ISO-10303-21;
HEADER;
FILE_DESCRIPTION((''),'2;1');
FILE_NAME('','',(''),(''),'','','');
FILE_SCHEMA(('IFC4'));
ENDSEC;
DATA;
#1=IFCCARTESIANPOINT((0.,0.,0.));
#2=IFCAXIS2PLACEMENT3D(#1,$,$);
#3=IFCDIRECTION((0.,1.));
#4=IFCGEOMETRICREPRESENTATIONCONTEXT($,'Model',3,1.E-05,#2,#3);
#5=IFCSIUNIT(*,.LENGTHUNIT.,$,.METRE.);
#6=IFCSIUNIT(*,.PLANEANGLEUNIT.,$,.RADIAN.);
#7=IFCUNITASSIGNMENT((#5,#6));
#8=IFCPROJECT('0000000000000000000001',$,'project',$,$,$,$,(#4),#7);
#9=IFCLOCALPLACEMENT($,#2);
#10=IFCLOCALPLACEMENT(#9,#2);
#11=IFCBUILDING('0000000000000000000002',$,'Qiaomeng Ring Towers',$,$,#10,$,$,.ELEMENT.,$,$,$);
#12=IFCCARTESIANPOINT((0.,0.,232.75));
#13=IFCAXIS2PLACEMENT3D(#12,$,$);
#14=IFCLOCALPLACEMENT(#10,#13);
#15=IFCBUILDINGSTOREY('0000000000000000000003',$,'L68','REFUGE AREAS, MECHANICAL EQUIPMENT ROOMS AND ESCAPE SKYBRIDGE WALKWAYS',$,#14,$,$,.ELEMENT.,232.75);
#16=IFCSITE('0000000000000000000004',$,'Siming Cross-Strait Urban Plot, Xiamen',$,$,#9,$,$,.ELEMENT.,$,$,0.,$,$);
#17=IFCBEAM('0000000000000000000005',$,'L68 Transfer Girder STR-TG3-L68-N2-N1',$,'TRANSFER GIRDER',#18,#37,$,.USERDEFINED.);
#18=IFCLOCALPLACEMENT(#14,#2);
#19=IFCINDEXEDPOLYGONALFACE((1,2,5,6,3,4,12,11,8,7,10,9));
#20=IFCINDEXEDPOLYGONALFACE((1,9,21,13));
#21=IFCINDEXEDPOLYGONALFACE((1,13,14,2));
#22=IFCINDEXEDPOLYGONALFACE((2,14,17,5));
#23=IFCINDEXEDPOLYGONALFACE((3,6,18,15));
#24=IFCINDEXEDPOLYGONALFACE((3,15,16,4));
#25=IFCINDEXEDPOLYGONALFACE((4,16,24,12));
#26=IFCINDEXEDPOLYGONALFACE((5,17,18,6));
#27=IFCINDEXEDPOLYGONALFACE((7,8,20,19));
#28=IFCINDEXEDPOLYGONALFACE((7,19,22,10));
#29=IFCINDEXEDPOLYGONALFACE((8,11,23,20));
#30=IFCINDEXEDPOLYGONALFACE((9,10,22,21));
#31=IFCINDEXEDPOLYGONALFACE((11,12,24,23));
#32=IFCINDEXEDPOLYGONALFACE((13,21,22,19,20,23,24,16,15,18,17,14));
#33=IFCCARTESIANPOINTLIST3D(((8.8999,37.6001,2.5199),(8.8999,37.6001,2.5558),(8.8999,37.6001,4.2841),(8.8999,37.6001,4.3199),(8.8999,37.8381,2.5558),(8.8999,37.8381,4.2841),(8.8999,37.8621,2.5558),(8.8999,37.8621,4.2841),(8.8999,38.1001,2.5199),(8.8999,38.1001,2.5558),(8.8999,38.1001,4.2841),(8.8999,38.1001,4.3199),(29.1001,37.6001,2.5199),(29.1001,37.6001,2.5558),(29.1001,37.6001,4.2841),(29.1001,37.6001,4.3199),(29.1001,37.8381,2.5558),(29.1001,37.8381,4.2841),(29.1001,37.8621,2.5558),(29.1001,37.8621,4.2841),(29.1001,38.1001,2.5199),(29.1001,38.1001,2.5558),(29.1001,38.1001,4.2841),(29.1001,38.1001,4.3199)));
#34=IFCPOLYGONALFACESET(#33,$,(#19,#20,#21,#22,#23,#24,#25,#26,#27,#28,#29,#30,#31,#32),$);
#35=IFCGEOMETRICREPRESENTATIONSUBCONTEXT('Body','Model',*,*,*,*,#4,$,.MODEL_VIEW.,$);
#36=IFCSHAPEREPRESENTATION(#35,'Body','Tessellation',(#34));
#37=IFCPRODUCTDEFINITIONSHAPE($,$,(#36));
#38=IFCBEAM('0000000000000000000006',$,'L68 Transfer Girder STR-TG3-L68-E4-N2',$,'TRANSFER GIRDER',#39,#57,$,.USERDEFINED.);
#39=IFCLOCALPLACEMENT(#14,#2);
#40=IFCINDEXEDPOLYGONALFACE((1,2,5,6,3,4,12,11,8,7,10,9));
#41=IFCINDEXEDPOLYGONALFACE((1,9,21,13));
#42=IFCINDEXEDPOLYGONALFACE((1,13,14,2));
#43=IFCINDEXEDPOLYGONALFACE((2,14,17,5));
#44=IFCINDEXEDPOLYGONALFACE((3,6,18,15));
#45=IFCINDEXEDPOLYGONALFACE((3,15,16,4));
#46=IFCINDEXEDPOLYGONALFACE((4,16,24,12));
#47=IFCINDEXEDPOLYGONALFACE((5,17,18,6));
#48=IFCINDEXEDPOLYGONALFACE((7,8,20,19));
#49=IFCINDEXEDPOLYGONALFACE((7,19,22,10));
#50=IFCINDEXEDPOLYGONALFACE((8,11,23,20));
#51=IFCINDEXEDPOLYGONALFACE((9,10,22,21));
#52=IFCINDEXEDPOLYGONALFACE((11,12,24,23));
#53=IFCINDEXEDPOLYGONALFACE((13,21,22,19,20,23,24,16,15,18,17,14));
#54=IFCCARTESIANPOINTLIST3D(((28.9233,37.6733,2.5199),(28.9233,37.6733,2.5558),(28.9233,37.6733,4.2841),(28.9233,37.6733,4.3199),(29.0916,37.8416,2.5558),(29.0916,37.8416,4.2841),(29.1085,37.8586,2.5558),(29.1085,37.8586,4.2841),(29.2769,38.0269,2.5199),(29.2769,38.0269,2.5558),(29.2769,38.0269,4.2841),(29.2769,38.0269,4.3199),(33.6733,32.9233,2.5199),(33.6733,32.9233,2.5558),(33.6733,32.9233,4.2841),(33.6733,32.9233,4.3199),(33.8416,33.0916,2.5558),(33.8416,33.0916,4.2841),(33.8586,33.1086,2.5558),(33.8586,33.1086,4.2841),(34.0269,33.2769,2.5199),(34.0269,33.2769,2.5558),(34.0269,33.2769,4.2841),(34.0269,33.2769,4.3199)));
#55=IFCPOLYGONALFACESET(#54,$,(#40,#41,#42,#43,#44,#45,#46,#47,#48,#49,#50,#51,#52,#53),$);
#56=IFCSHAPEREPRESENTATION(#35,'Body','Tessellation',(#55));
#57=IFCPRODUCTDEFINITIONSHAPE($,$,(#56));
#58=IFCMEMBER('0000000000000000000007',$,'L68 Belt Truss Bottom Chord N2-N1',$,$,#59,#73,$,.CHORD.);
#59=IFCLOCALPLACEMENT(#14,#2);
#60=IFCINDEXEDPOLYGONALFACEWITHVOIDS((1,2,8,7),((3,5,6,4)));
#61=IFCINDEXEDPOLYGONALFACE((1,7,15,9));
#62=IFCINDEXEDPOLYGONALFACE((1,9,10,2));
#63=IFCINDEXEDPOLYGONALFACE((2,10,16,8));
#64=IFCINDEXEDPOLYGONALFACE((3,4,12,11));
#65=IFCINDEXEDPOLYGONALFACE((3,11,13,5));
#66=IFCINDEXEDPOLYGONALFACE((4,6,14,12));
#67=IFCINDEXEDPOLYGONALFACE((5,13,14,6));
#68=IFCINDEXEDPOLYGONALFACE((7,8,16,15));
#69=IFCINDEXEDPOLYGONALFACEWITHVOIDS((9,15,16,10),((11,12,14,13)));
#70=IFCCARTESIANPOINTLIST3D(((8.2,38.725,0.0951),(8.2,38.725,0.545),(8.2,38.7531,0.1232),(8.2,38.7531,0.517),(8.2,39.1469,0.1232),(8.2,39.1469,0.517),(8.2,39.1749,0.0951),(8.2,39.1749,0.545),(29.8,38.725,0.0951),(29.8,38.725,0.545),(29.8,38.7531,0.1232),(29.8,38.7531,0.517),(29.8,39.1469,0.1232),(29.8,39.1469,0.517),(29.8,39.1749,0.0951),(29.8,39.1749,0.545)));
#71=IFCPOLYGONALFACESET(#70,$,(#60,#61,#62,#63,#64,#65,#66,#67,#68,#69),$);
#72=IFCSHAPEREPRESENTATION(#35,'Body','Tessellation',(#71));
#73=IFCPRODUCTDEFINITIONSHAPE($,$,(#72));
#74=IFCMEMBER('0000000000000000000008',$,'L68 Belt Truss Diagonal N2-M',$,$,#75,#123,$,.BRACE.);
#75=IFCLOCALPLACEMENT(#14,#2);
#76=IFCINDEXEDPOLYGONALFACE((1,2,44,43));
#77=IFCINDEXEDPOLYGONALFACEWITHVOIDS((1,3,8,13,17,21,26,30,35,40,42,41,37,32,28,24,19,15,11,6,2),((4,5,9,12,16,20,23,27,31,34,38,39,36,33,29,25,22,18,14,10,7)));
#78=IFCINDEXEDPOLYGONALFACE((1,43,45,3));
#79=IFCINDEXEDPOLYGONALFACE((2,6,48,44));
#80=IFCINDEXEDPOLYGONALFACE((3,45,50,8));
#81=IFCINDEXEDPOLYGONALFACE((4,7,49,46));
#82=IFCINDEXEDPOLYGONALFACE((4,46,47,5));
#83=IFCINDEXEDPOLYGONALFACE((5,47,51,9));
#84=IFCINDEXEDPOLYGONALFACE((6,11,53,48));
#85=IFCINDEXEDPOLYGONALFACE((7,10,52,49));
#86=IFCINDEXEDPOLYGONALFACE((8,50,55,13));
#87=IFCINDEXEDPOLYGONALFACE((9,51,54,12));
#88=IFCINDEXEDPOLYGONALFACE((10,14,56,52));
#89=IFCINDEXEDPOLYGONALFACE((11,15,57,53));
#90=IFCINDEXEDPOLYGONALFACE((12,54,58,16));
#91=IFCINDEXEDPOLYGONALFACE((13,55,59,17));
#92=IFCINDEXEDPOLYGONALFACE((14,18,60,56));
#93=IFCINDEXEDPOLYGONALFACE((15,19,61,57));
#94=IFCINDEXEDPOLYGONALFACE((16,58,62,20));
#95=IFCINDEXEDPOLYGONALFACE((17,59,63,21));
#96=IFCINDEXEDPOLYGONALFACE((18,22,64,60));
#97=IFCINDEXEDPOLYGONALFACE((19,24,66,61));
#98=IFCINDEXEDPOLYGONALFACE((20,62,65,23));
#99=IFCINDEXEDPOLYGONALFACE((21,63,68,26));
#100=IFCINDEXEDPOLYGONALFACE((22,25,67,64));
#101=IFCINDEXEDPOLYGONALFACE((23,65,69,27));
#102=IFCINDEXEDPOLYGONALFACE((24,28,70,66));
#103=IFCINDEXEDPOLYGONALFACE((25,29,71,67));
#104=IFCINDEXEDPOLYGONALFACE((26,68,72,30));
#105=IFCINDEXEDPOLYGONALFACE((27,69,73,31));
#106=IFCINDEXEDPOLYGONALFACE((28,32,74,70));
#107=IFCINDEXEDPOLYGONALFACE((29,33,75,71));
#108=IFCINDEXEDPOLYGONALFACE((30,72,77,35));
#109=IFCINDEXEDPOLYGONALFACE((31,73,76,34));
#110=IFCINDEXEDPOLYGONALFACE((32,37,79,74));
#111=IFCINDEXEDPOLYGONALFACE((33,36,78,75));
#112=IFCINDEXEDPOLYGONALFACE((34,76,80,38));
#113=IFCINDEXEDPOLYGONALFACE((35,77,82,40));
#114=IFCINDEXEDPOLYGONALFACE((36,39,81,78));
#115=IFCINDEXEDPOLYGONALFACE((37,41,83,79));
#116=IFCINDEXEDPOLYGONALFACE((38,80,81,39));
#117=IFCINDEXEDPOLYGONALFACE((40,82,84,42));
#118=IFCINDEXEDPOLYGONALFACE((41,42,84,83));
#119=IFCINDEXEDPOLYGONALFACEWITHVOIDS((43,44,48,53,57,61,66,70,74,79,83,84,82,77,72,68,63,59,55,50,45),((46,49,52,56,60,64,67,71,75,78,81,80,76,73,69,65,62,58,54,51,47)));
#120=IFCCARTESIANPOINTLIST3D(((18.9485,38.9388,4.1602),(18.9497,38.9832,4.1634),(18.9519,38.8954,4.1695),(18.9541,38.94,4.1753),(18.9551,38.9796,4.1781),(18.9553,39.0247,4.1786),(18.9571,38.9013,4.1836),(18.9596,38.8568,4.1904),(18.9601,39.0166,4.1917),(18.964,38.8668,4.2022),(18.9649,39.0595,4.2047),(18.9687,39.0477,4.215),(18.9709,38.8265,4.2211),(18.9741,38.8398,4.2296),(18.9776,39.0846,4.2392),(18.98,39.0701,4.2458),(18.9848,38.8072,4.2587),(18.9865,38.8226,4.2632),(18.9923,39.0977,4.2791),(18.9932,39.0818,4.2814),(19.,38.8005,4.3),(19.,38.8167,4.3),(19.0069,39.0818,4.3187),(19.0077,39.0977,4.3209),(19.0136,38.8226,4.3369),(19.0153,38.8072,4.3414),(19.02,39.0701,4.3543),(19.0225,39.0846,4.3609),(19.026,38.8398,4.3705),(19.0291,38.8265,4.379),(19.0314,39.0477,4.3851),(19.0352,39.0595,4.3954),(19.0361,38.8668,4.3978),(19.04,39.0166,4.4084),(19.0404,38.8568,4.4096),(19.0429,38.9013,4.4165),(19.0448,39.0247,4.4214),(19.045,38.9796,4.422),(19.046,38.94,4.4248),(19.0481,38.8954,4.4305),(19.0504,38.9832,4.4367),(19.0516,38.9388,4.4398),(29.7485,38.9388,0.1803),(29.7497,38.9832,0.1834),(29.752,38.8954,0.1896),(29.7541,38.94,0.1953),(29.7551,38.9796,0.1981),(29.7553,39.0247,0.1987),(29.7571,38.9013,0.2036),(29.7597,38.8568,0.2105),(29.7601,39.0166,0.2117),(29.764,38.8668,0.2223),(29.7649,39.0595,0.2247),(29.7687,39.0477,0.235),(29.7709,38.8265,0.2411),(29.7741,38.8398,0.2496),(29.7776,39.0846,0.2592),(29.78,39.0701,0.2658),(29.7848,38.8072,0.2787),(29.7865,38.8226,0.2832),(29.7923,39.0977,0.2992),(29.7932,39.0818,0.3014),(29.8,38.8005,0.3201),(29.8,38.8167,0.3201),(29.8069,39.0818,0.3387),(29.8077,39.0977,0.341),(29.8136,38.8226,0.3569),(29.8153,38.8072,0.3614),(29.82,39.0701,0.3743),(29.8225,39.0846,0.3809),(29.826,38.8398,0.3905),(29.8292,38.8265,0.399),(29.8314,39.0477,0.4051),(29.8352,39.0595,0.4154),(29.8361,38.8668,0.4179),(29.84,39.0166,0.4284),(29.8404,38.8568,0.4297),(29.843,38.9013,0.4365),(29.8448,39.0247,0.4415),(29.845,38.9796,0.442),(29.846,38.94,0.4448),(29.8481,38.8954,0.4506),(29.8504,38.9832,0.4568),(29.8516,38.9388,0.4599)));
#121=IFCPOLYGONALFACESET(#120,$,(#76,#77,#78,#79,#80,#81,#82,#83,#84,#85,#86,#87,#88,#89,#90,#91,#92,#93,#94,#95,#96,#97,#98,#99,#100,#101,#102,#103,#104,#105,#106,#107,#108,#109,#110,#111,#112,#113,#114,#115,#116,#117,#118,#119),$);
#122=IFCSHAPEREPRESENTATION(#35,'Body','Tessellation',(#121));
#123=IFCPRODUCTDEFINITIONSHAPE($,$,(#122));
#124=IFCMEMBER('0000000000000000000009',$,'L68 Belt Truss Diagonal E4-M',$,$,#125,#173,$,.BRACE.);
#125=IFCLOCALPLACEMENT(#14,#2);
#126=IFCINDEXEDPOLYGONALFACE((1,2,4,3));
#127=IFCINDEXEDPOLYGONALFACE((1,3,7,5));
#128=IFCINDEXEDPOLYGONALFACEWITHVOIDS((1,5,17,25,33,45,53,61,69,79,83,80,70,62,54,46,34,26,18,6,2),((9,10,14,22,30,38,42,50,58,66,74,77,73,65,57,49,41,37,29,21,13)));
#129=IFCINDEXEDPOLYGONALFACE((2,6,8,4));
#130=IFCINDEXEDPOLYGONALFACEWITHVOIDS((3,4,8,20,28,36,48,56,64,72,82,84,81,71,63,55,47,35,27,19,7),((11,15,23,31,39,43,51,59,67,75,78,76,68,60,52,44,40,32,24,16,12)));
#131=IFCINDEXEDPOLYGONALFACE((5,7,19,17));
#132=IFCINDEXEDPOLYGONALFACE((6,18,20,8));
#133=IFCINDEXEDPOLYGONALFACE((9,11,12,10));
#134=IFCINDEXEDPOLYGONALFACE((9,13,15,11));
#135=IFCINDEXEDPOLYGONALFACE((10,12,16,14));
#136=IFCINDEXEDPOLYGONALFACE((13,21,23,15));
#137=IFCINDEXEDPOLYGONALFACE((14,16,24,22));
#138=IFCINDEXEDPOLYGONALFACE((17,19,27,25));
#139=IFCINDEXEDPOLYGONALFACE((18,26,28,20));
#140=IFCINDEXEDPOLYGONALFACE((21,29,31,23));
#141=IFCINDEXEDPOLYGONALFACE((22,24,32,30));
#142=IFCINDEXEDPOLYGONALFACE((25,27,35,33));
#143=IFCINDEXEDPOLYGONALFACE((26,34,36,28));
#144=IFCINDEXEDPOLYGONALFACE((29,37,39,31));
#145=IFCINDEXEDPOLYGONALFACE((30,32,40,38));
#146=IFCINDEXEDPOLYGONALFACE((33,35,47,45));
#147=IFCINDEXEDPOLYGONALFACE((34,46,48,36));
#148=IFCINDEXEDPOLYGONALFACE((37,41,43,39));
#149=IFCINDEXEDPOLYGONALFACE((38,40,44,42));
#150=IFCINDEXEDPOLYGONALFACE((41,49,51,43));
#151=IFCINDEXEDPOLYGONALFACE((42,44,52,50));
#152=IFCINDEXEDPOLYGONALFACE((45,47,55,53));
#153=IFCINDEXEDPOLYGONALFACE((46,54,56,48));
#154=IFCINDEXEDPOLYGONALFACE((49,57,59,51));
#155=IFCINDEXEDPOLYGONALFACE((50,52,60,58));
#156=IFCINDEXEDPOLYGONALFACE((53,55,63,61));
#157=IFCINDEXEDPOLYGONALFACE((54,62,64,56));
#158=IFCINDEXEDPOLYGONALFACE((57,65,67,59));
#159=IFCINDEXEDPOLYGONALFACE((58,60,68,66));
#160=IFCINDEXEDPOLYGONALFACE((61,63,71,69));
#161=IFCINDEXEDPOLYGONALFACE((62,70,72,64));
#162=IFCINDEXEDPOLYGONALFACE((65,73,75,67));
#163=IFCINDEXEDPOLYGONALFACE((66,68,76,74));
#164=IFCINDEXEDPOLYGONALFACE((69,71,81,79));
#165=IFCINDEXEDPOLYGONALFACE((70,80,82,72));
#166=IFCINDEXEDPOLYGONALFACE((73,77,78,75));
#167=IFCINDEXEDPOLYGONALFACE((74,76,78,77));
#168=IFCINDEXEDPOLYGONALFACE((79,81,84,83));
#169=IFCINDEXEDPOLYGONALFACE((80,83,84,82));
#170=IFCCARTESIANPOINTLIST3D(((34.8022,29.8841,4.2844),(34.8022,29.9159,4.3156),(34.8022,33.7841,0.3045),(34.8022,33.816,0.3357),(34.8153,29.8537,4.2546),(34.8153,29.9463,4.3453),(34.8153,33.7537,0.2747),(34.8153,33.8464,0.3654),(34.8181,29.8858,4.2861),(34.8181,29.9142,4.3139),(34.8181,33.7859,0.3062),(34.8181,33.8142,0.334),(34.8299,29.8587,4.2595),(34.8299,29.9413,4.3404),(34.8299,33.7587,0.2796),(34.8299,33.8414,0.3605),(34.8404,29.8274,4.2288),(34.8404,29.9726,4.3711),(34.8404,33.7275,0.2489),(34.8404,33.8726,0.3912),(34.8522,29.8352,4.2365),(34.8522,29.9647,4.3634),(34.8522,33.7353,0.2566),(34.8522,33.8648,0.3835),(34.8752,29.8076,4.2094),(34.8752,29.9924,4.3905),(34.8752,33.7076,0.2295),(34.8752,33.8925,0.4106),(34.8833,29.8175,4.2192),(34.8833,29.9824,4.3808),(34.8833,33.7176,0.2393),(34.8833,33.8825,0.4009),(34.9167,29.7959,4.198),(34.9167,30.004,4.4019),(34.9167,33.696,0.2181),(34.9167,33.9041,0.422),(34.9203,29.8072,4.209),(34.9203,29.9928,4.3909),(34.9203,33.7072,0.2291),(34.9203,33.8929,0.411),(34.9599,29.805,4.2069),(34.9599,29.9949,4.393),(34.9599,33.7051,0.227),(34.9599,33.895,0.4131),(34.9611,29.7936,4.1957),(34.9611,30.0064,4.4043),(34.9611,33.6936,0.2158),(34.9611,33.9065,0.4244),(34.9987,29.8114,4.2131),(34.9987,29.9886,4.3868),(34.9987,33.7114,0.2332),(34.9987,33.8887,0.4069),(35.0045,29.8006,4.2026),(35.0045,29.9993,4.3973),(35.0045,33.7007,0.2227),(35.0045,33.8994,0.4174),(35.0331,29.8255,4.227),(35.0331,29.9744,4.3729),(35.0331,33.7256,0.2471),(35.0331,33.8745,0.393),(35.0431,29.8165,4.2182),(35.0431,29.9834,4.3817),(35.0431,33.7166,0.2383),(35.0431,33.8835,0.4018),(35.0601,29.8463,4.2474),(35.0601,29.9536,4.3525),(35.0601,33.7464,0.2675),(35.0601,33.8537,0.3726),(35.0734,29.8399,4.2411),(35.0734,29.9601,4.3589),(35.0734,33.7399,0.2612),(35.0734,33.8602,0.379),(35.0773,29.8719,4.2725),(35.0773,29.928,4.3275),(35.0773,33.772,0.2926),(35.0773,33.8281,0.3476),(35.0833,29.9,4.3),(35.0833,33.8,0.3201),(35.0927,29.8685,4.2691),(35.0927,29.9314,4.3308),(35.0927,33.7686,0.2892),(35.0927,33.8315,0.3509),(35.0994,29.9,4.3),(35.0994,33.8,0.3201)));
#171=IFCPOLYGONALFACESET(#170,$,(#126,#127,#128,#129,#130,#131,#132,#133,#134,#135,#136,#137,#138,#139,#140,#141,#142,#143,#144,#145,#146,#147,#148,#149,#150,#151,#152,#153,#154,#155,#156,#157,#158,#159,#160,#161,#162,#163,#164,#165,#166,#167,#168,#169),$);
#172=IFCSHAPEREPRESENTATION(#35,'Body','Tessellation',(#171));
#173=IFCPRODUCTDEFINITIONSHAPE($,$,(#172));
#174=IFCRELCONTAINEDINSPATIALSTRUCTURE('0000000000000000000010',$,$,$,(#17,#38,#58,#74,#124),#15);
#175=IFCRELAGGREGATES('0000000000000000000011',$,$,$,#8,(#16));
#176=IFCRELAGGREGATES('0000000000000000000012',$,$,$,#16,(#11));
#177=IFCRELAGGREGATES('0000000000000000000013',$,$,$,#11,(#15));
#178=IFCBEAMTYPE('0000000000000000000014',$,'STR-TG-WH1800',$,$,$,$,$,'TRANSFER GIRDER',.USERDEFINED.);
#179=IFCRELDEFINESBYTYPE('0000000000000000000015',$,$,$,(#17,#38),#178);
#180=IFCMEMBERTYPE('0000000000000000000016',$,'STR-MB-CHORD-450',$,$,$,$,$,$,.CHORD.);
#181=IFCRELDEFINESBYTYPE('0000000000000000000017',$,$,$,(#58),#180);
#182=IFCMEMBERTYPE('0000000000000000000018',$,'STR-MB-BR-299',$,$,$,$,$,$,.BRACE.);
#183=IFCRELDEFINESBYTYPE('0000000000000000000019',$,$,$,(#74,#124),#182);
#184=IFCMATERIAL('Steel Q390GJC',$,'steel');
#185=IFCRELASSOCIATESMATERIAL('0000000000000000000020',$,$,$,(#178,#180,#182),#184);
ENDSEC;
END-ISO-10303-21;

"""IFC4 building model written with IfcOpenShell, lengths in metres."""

from ifc_helpers import new_model, si_unit, direction, frame, origin, origin_2d, place, context, subcontext, project, spatial, hollow_rectangle, hollow_circle, i_section, extrude, source, transform, mapped, material, material_profile, profile_set, type_object, element, save


model = new_model("IFC4")

# Units and contexts
model_context = context("Model", 3, precision=1e-05, world=origin(), true_north=direction((0.0, 1.0)))
body_context = subcontext(model_context, "Body", "Model", "MODEL_VIEW")
ifc_project = project(units=[si_unit("LENGTHUNIT", "METRE"), si_unit("PLANEANGLEUNIT", "RADIAN")], contexts=[model_context])

# Site, building, storey
site_placement = place(None, origin())
site = spatial("IfcSite", under=ifc_project, at=site_placement, Name="Siming Cross-Strait Urban Plot, Xiamen", CompositionType="ELEMENT", RefElevation=0.0)
building_placement = place(site_placement, origin())
building = spatial("IfcBuilding", under=site, at=building_placement, Name="Qiaomeng Ring Towers", CompositionType="ELEMENT")
storey_placement = place(building_placement, frame((0.0, 0.0, 232.75)))
storey = spatial("IfcBuildingStorey", under=building, at=storey_placement, Name="L68", Description="REFUGE AREAS, MECHANICAL EQUIPMENT ROOMS AND ESCAPE SKYBRIDGE WALKWAYS", CompositionType="ELEMENT", Elevation=232.75)

# Shared definitions
ifc_material_1 = material(Name="Steel Q390GJC", Category="steel")

# Beams
ifc_material_profile_1 = material_profile(ifc_material_1, i_section(OverallWidth=0.5, OverallDepth=1.8, WebThickness=0.0239, FlangeThickness=0.0359, at=origin_2d()), Name="WH 1800x500x24x36")
ifc_profile_set_1 = profile_set([ifc_material_profile_1], Name="Steel Q390GJC")
beam_type_1 = type_object("IfcBeamType", Name="STR-TG-WH1800", ElementType="TRANSFER GIRDER", PredefinedType="USERDEFINED", material=ifc_profile_set_1)
shared_shape_1 = source(origin(), body_context, "Body", "SweptSolid", [
    extrude(i_section(OverallWidth=0.5, OverallDepth=1.8, WebThickness=0.0239, FlangeThickness=0.0359, at=origin_2d()), origin(), (0.0, 0.0, 1.0), 20.2002),
])
beam_1_placement = place(storey_placement, frame((29.1001, 37.8501, 3.4199), z_axis=(-1.0, 0.0, 0.0), x_axis=(0.0, -1.0, 0.0)))
element("IfcBeam", 1, at=beam_1_placement, inside=storey, type_object=beam_type_1, Name="L68 Transfer Girder STR-TG3-L68-N2-N1", ObjectType="TRANSFER GIRDER", PredefinedType="USERDEFINED", context=body_context, shape_type="MappedRepresentation", body=[
    mapped(shared_shape_1, transform((0.0, 0.0, 0.0), x_axis=(1.0, 0.0, 0.0), y_axis=(0.0, 1.0, 0.0), z_axis=(0.0, 0.0, 1.0), scale=1.0)),
])
shared_shape_2 = source(origin(), body_context, "Body", "SweptSolid", [
    extrude(i_section(OverallWidth=0.5, OverallDepth=1.8, WebThickness=0.0239, FlangeThickness=0.0359, at=origin_2d()), origin(), (0.0, 0.0, 1.0), 6.7175),
])
beam_2_placement = place(storey_placement, frame((33.8501, 33.1001, 3.4199), z_axis=(-0.707107, 0.707107, 0.0), x_axis=(-0.707107, -0.707107, 0.0)))
element("IfcBeam", 2, at=beam_2_placement, inside=storey, type_object=beam_type_1, Name="L68 Transfer Girder STR-TG3-L68-E4-N2", ObjectType="TRANSFER GIRDER", PredefinedType="USERDEFINED", context=body_context, shape_type="MappedRepresentation", body=[
    mapped(shared_shape_2, transform((0.0, 0.0, 0.0), x_axis=(1.0, 0.0, 0.0), y_axis=(0.0, 1.0, 0.0), z_axis=(0.0, 0.0, 1.0), scale=1.0)),
])

# Members
ifc_material_profile_2 = material_profile(ifc_material_1, hollow_rectangle(XDim=0.45, YDim=0.45, WallThickness=0.0281, at=origin_2d()), Name="SHS 450x450x28")
ifc_profile_set_2 = profile_set([ifc_material_profile_2], Name="Steel Q390GJC")
member_type_1 = type_object("IfcMemberType", Name="STR-MB-CHORD-450", PredefinedType="CHORD", material=ifc_profile_set_2)
shared_shape_3 = source(origin(), body_context, "Body", "SweptSolid", [
    extrude(hollow_rectangle(XDim=0.45, YDim=0.45, WallThickness=0.0281, at=origin_2d()), origin(), (0.0, 0.0, 1.0), 21.6001),
])
member_1_placement = place(storey_placement, frame((29.8, 38.95, 0.3201), z_axis=(-1.0, 0.0, 0.0), x_axis=(0.0, -1.0, 0.0)))
element("IfcMember", 3, at=member_1_placement, inside=storey, type_object=member_type_1, Name="L68 Belt Truss Bottom Chord N2-N1", PredefinedType="CHORD", context=body_context, shape_type="MappedRepresentation", body=[
    mapped(shared_shape_3, transform((0.0, 0.0, 0.0), x_axis=(1.0, 0.0, 0.0), y_axis=(0.0, 1.0, 0.0), z_axis=(0.0, 0.0, 1.0), scale=1.0)),
])
ifc_material_profile_3 = material_profile(ifc_material_1, hollow_circle(Radius=0.1494, WallThickness=0.0161, at=origin_2d()), Name="CHS 299x16")
ifc_profile_set_3 = profile_set([ifc_material_profile_3], Name="Steel Q390GJC")
member_type_2 = type_object("IfcMemberType", Name="STR-MB-BR-299", PredefinedType="BRACE", material=ifc_profile_set_3)
shared_shape_4 = source(origin(), body_context, "Body", "SweptSolid", [
    extrude(hollow_circle(Radius=0.1494, WallThickness=0.0161, at=origin_2d()), origin(), (0.0, 0.0, 1.0), 11.51),
])
member_2_placement = place(storey_placement, frame((29.8, 38.95, 0.3201), z_axis=(-0.938315, 0.0, 0.345783), x_axis=(0.0, -1.0, 0.0)))
element("IfcMember", 4, at=member_2_placement, inside=storey, type_object=member_type_2, Name="L68 Belt Truss Diagonal N2-M", PredefinedType="BRACE", context=body_context, shape_type="MappedRepresentation", body=[
    mapped(shared_shape_4, transform((0.0, 0.0, 0.0), x_axis=(1.0, 0.0, 0.0), y_axis=(0.0, 1.0, 0.0), z_axis=(0.0, 0.0, 1.0), scale=1.0)),
])
shared_shape_5 = source(origin(), body_context, "Body", "SweptSolid", [
    extrude(hollow_circle(Radius=0.1494, WallThickness=0.0161, at=origin_2d()), origin(), (0.0, 0.0, 1.0), 5.5723),
])
member_3_placement = place(storey_placement, frame((34.95, 33.8, 0.3201), z_axis=(0.0, -0.699907, 0.714234), x_axis=(1.0, 0.0, 0.0)))
element("IfcMember", 5, at=member_3_placement, inside=storey, type_object=member_type_2, Name="L68 Belt Truss Diagonal E4-M", PredefinedType="BRACE", context=body_context, shape_type="MappedRepresentation", body=[
    mapped(shared_shape_5, transform((0.0, 0.0, 0.0), x_axis=(1.0, 0.0, 0.0), y_axis=(0.0, 1.0, 0.0), z_axis=(0.0, 0.0, 1.0), scale=1.0)),
])

save(model, "model.ifc")
